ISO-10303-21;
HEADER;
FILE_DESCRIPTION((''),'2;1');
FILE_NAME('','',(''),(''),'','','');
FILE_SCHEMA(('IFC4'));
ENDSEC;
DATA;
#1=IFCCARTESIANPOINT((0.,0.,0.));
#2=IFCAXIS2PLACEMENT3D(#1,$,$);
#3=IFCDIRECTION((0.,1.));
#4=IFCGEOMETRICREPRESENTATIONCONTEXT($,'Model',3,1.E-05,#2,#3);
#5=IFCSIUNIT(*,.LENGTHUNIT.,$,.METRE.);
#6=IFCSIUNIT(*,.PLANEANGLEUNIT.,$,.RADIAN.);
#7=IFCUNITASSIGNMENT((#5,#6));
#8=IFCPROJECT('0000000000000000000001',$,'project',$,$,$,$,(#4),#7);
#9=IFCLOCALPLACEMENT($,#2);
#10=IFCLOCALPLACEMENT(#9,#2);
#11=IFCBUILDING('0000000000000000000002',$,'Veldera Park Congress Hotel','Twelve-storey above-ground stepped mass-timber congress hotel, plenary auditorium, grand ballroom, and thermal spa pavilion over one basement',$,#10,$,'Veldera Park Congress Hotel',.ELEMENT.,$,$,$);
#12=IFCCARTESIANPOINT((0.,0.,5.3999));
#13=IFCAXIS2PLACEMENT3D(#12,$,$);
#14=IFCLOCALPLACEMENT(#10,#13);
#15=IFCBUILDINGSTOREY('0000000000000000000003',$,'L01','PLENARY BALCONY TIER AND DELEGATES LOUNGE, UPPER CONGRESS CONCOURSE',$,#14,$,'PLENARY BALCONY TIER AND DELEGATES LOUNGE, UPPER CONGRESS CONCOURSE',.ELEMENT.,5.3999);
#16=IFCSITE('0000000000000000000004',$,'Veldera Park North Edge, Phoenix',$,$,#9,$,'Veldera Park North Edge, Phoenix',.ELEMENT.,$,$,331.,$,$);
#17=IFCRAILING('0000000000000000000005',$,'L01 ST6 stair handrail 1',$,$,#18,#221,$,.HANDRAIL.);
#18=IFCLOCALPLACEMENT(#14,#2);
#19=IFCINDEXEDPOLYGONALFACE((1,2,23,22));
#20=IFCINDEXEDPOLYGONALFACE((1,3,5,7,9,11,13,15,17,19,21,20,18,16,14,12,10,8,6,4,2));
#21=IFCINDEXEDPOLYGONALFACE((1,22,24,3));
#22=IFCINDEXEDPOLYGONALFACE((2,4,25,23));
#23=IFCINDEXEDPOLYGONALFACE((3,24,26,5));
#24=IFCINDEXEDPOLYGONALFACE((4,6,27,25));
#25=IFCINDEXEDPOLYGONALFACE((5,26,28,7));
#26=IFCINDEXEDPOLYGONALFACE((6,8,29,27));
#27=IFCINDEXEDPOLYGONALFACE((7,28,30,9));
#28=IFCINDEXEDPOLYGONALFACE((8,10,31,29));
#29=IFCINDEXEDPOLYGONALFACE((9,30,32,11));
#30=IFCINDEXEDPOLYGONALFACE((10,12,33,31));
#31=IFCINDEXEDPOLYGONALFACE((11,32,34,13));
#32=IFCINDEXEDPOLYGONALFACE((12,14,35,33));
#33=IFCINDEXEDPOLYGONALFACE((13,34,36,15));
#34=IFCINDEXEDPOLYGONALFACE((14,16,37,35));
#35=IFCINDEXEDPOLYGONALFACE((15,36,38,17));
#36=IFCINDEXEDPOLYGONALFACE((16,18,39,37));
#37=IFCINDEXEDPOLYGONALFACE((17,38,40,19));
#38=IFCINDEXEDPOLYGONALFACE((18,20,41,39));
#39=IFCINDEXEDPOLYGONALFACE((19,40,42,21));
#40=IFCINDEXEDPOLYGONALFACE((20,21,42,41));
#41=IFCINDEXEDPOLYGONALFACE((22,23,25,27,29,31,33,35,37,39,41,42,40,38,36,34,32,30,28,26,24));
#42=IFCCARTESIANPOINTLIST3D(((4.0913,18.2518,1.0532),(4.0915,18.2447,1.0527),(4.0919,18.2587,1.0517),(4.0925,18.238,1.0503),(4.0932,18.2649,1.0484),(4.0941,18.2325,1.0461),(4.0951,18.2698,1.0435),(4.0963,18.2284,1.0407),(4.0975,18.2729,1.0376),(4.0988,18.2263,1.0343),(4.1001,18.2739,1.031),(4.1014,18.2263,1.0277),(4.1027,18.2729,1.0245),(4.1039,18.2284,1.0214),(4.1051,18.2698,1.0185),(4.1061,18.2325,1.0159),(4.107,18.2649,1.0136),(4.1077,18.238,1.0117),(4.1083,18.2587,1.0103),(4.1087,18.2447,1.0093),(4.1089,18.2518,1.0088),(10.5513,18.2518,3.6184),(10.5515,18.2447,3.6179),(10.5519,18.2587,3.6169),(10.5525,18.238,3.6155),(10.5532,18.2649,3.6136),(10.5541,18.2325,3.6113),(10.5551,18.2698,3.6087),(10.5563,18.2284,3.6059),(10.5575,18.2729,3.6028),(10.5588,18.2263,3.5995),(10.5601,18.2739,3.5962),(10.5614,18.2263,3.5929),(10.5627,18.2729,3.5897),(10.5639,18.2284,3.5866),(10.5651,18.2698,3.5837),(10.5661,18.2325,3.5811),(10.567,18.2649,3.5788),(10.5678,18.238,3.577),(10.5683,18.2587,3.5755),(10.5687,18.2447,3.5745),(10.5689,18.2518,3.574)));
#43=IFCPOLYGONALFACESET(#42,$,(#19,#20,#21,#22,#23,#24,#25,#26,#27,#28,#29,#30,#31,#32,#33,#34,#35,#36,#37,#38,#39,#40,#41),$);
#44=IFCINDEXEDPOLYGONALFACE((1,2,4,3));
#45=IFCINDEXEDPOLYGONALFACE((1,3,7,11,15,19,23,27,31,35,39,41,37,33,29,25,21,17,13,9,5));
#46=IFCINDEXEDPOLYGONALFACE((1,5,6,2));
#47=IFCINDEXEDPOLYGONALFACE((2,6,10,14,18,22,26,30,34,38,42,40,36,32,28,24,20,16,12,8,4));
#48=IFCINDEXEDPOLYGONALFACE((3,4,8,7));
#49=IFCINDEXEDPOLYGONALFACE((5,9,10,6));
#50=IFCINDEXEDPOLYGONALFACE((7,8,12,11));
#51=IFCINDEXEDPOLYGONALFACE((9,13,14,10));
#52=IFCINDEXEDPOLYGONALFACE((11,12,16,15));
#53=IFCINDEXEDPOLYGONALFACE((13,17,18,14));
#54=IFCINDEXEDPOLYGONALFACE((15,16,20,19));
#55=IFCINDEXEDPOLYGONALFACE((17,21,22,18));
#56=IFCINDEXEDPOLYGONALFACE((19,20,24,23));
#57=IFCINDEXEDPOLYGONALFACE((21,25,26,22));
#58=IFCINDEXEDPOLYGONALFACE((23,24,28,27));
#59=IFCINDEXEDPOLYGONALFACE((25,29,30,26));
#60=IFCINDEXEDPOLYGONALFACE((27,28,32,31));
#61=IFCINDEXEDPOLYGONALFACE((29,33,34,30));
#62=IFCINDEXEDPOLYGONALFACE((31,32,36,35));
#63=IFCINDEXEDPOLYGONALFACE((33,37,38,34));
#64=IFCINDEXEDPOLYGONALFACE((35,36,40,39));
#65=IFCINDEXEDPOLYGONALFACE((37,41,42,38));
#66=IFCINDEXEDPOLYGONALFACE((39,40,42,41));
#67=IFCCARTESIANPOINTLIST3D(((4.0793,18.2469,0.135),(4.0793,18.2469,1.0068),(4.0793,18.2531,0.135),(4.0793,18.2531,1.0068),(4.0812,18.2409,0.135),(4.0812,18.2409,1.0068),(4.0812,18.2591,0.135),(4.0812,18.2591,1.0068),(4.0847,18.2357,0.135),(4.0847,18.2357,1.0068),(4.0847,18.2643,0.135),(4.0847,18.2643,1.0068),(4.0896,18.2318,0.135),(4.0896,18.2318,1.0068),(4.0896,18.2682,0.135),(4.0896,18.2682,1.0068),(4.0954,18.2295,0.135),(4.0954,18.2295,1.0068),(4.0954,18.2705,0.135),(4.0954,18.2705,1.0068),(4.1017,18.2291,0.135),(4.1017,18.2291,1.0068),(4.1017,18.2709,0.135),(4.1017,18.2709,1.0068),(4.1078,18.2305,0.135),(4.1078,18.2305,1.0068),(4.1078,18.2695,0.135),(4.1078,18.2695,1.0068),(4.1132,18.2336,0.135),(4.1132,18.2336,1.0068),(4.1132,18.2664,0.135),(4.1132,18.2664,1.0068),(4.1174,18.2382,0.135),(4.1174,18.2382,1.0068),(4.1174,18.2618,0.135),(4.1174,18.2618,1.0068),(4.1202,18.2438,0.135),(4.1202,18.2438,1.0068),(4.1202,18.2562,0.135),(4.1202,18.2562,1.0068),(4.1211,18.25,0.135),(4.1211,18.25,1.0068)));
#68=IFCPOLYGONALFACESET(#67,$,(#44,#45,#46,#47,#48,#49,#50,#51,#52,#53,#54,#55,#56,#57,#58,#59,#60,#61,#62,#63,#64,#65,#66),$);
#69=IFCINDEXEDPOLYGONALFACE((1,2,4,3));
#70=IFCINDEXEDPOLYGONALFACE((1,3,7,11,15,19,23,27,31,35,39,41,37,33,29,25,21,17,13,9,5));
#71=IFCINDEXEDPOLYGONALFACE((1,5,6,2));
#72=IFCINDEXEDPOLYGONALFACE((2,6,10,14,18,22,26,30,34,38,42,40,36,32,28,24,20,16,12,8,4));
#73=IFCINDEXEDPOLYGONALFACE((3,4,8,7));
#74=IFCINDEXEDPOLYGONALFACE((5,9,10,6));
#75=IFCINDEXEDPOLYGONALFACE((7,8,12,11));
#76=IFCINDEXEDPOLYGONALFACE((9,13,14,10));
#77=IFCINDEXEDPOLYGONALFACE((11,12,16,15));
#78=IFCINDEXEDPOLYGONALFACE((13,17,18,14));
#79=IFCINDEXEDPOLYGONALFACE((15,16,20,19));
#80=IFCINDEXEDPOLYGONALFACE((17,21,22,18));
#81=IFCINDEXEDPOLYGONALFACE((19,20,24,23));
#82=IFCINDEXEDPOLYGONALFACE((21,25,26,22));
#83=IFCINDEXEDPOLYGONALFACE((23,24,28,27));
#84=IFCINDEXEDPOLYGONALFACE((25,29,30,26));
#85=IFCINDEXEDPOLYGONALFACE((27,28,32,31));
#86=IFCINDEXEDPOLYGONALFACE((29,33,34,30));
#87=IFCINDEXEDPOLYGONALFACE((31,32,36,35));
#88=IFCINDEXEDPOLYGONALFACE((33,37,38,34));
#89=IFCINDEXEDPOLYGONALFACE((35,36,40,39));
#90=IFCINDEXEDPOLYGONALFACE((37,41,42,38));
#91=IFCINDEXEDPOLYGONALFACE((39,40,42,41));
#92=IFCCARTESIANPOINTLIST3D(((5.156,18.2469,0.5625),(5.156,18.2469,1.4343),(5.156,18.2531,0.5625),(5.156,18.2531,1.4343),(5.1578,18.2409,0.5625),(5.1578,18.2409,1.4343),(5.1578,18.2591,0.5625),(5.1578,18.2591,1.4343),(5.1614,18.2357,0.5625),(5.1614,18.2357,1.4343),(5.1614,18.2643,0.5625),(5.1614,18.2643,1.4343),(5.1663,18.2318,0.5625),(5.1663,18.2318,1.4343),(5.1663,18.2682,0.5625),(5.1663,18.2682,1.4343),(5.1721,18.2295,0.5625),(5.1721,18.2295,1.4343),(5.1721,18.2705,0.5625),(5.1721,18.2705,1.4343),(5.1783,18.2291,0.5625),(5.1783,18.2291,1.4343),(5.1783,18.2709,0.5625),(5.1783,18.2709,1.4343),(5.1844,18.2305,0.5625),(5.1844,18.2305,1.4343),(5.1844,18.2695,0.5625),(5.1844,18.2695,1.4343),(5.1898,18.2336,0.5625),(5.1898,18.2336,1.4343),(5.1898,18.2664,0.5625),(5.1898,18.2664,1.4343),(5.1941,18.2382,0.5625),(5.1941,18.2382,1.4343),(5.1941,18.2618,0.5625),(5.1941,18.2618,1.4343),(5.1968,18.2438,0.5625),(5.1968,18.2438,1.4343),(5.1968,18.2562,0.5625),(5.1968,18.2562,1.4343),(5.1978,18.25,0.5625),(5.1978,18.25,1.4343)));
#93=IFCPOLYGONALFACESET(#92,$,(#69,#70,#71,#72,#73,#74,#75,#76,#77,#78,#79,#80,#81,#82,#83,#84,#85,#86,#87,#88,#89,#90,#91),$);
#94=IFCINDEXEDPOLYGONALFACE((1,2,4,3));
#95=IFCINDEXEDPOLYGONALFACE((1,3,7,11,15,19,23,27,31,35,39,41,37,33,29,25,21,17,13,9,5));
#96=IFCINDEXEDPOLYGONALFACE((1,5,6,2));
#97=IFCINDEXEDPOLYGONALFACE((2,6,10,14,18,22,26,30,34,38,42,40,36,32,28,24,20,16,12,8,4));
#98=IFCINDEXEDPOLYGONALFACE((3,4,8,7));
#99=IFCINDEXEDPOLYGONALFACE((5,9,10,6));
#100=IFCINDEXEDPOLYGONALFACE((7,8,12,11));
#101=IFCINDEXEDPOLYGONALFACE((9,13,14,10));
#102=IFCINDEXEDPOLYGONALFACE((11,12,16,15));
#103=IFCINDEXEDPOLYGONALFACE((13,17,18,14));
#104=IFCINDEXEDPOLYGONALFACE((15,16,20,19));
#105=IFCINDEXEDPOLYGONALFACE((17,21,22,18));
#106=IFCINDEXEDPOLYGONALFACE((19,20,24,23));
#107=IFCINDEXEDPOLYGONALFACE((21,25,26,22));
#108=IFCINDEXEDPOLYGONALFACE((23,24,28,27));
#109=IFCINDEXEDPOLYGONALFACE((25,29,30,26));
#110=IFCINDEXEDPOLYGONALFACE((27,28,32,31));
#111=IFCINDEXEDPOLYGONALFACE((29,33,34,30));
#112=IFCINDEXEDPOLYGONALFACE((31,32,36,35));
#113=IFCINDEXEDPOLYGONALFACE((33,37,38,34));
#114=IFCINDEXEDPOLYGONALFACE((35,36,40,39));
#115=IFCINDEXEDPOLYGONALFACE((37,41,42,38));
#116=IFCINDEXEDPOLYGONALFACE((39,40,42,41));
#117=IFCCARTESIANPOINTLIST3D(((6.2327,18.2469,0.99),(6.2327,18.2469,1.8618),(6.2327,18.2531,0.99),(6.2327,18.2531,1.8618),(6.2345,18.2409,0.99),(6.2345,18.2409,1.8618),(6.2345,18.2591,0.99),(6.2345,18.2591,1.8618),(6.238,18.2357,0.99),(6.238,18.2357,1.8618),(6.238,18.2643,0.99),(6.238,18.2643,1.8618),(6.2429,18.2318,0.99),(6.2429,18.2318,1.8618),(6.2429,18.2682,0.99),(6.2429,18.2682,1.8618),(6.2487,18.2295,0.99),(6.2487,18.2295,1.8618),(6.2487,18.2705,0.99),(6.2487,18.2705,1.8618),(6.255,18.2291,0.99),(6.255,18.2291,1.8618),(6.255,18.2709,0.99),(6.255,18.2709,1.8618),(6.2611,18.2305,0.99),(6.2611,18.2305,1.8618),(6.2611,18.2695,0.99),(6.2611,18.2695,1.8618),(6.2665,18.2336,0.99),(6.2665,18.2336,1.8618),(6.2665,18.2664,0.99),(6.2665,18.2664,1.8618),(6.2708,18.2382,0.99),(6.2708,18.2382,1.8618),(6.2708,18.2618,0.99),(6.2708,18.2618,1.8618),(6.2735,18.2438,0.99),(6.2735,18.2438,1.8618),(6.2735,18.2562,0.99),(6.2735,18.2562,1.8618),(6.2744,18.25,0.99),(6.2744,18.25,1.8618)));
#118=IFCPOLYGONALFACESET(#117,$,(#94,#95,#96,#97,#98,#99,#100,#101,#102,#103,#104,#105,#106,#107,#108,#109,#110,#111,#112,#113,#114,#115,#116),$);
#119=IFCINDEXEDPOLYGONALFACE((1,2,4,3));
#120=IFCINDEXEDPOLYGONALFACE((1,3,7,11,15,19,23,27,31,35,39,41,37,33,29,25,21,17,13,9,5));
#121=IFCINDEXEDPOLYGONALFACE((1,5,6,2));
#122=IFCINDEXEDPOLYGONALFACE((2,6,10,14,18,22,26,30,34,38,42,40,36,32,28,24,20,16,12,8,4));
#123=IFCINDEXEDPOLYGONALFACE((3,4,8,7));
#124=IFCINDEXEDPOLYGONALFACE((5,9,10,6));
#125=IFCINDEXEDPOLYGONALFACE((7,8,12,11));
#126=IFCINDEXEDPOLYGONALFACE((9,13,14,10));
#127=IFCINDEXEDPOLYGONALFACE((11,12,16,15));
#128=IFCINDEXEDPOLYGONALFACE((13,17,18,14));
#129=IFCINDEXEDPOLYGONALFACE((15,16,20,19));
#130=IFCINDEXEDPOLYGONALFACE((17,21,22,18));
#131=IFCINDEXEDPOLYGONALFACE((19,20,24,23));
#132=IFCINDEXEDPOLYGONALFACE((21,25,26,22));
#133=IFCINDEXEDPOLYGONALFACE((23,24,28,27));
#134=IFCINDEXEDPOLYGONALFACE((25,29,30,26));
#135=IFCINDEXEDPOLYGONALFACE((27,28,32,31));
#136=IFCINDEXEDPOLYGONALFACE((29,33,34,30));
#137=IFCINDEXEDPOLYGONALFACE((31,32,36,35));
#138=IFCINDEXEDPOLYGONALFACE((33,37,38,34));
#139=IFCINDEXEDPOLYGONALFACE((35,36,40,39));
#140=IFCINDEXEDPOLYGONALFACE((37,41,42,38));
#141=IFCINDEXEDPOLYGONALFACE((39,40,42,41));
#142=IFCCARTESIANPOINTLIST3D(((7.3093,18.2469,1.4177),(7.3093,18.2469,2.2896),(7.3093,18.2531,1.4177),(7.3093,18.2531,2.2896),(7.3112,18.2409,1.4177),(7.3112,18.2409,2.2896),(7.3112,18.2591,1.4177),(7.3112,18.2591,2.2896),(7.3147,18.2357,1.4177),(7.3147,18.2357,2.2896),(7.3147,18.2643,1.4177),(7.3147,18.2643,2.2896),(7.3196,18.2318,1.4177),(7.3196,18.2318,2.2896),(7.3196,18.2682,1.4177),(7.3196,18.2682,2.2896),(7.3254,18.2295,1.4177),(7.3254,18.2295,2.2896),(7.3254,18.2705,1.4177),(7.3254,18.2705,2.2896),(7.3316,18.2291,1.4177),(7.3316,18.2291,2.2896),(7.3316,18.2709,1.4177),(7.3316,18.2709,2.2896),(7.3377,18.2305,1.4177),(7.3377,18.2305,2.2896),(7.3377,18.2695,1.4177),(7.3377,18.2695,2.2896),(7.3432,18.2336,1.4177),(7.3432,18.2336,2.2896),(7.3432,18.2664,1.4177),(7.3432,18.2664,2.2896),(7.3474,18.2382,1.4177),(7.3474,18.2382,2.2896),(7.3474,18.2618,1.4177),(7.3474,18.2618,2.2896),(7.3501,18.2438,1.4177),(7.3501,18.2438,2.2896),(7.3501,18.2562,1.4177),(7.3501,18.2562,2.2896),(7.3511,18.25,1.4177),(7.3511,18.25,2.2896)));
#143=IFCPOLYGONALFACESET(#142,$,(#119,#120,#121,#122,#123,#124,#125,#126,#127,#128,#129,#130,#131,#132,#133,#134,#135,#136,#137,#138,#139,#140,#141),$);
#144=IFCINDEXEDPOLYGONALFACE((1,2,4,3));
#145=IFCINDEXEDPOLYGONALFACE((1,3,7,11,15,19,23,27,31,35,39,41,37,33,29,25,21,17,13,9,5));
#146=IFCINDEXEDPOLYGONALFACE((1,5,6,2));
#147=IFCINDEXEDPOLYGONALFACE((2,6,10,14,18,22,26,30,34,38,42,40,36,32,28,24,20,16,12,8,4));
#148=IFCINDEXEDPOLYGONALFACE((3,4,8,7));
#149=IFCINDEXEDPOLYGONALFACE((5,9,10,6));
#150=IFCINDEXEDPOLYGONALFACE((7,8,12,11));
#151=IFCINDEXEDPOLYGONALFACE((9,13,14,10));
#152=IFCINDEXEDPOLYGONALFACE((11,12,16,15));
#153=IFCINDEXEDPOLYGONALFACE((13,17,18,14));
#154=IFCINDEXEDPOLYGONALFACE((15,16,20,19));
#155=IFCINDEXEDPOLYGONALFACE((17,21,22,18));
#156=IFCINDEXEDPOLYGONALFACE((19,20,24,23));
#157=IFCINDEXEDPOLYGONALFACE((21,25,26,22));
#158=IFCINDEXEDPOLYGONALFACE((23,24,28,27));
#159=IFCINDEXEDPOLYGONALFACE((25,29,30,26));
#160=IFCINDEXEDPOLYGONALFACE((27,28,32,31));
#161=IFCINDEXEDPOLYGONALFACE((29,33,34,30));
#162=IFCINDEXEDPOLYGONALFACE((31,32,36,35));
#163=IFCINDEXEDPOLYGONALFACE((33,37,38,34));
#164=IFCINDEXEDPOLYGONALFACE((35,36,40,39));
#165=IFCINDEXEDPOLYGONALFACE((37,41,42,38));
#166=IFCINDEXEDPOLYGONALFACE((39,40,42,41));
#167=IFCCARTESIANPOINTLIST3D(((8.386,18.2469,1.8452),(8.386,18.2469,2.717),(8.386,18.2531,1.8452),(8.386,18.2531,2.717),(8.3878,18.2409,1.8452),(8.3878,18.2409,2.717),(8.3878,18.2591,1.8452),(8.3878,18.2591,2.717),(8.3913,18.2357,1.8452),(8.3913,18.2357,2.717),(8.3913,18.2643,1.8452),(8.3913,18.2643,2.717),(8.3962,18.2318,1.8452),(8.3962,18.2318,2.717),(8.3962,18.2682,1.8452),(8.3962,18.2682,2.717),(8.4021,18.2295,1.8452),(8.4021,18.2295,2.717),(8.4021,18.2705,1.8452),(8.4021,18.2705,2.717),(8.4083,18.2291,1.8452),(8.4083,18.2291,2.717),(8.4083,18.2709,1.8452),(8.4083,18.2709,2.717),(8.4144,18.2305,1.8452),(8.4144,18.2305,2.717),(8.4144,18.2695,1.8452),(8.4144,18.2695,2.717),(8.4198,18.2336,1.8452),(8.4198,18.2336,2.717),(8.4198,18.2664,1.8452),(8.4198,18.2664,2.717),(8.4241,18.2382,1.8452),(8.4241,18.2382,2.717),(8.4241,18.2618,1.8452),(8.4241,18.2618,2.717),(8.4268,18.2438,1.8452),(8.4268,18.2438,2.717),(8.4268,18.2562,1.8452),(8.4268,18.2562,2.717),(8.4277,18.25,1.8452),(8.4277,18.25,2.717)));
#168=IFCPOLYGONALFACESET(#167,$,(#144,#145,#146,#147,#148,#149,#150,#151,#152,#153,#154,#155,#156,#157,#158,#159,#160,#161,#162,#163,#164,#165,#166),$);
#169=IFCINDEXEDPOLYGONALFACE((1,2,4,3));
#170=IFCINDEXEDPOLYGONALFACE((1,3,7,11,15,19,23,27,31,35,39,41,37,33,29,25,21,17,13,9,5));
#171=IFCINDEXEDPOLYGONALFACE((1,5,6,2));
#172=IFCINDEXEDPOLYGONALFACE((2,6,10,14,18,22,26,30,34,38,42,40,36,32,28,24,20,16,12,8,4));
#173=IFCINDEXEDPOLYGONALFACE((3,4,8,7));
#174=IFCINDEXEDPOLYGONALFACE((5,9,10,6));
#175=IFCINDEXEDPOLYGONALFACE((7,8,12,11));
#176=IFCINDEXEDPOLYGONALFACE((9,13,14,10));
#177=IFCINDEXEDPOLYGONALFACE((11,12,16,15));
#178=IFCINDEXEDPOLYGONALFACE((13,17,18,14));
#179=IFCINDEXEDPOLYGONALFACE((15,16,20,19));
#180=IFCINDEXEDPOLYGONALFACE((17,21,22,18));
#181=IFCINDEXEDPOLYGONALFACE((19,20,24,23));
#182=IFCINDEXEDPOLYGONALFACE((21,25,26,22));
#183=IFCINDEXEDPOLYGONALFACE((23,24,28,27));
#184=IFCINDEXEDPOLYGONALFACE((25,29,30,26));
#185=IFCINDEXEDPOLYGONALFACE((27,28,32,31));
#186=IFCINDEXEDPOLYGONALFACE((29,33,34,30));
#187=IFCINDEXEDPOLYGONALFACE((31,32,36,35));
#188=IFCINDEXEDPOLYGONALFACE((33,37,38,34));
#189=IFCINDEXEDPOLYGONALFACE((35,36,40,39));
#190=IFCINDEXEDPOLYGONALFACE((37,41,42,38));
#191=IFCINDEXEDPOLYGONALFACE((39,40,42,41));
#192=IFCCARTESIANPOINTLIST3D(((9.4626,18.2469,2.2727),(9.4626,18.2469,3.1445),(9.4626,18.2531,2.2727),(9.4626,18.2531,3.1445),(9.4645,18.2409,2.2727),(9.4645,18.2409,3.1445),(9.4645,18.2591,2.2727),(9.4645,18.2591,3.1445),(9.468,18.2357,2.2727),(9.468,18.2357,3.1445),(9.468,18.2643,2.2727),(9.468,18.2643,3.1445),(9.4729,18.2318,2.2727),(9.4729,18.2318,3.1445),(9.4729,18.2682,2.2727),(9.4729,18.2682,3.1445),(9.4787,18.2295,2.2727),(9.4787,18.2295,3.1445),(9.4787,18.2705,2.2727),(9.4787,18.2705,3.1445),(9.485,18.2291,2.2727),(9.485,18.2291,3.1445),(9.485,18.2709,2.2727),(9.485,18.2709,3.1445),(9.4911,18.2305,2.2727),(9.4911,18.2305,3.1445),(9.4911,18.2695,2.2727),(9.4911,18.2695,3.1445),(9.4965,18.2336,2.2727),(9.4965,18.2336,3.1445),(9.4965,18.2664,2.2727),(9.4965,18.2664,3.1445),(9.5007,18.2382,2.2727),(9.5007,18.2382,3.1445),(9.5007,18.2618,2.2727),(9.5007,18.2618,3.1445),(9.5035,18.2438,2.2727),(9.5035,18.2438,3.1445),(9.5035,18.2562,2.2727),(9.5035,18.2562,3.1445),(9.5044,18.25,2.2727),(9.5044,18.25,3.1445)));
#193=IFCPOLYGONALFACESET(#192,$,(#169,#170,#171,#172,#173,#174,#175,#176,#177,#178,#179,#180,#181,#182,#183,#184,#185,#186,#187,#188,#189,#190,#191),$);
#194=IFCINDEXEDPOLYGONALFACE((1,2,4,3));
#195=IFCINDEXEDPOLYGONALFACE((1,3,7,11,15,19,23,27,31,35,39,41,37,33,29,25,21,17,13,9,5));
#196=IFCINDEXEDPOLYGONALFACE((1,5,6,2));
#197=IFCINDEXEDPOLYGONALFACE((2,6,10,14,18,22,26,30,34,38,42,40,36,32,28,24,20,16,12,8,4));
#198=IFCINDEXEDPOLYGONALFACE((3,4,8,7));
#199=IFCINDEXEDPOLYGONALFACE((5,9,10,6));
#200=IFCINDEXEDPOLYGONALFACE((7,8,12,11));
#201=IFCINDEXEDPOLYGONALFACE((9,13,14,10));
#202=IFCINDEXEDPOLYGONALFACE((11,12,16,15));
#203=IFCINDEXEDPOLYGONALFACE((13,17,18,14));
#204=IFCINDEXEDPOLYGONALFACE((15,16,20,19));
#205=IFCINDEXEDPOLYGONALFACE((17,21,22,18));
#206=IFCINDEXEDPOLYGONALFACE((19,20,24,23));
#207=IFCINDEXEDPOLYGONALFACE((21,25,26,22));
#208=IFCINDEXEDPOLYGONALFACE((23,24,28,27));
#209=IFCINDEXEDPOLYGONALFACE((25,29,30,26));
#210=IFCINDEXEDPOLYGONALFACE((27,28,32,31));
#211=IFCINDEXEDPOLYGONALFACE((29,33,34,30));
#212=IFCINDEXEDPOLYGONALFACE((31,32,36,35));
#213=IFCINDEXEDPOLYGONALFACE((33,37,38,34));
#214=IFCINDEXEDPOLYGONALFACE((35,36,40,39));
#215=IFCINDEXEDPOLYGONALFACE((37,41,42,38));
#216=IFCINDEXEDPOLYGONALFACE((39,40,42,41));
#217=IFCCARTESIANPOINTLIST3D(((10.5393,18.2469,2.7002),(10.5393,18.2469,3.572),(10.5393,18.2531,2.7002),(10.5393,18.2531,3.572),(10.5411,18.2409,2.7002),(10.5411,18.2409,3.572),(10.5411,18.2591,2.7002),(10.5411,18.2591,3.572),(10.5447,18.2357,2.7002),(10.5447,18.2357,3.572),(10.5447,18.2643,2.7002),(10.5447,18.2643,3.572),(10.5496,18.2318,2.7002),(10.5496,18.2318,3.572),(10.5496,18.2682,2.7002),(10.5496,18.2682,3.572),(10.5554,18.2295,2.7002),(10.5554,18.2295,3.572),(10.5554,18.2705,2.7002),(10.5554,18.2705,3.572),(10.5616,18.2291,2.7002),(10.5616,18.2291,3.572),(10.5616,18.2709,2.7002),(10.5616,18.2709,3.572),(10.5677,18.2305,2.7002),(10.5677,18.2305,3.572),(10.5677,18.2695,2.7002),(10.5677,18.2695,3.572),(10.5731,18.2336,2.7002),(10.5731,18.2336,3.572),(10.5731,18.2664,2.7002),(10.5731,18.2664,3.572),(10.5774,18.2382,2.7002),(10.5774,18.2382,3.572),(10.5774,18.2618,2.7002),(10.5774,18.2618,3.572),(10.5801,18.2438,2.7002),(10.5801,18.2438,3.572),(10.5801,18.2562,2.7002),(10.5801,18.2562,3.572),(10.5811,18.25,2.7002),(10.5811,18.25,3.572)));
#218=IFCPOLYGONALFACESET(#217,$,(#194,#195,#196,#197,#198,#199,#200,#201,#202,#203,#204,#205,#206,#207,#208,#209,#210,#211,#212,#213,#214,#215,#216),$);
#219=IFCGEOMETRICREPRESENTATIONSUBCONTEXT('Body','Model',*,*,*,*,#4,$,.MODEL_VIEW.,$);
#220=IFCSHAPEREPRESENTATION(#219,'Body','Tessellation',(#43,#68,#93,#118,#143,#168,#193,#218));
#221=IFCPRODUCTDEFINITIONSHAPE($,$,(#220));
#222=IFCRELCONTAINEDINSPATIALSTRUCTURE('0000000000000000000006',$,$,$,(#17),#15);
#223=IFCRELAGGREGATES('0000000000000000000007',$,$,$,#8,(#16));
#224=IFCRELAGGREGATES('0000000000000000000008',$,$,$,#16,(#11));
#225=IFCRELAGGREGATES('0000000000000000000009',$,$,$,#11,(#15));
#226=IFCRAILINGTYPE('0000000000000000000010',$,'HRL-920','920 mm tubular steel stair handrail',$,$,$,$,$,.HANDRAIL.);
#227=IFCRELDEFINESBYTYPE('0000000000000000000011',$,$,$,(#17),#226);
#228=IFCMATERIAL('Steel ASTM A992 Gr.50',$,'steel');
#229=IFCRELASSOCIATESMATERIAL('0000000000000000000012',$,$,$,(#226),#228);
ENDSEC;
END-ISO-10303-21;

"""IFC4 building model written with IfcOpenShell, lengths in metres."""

from ifc_helpers import new_model, si_unit, direction, frame, origin, origin_2d, place, context, subcontext, project, spatial, circle, extrude, material, type_object, element, save


model = new_model("IFC4")

# Units and contexts
model_context = context("Model", 3, precision=1e-05, world=origin(), true_north=direction((0.0, 1.0)))
body_context = subcontext(model_context, "Body", "Model", "MODEL_VIEW")
ifc_project = project(units=[si_unit("LENGTHUNIT", "METRE"), si_unit("PLANEANGLEUNIT", "RADIAN")], contexts=[model_context])

# Site, building, storey
site_placement = place(None, origin())
site = spatial("IfcSite", under=ifc_project, at=site_placement, Name="Veldera Park North Edge, Phoenix", LongName="Veldera Park North Edge, Phoenix", CompositionType="ELEMENT", RefElevation=331.0)
building_placement = place(site_placement, origin())
building = spatial("IfcBuilding", under=site, at=building_placement, Name="Veldera Park Congress Hotel", Description="Twelve-storey above-ground stepped mass-timber congress hotel, plenary auditorium, grand ballroom, and thermal spa pavilion over one basement", LongName="Veldera Park Congress Hotel", CompositionType="ELEMENT")
storey_placement = place(building_placement, frame((0.0, 0.0, 5.3999)))
storey = spatial("IfcBuildingStorey", under=building, at=storey_placement, Name="L01", Description="PLENARY BALCONY TIER AND DELEGATES LOUNGE, UPPER CONGRESS CONCOURSE", LongName="PLENARY BALCONY TIER AND DELEGATES LOUNGE, UPPER CONGRESS CONCOURSE", CompositionType="ELEMENT", Elevation=5.3999)

# Shared definitions
ifc_material_1 = material(Name="Steel ASTM A992 Gr.50", Category="steel")

# Railing
railing_type_1 = type_object("IfcRailingType", Name="HRL-920", Description="920 mm tubular steel stair handrail", PredefinedType="HANDRAIL", material=ifc_material_1)
railing_1_placement = place(storey_placement, frame((4.1001, 18.25, 0.135)))
element("IfcRailing", 1, at=railing_1_placement, inside=storey, type_object=railing_type_1, Name="L01 ST6 stair handrail 1", PredefinedType="HANDRAIL", context=body_context, shape_type="SweptSolid", body=[
    extrude(circle(Radius=0.0239, at=origin_2d()), frame((0.0, 0.0, 0.896), z_axis=(0.929406, 0.0, 0.369058), x_axis=(0.0, 1.0, 0.0)), (0.0, 0.0, 1.0), 6.9507),
    extrude(circle(Radius=0.021, at=origin_2d()), origin(), (0.0, 0.0, 1.0), 0.8718),
    extrude(circle(Radius=0.021, at=origin_2d()), frame((1.0767, 0.0, 0.4275)), (0.0, 0.0, 1.0), 0.8718),
    extrude(circle(Radius=0.021, at=origin_2d()), frame((2.1533, 0.0, 0.855)), (0.0, 0.0, 1.0), 0.8718),
    extrude(circle(Radius=0.021, at=origin_2d()), frame((3.23, 0.0, 1.2827)), (0.0, 0.0, 1.0), 0.8718),
    extrude(circle(Radius=0.021, at=origin_2d()), frame((4.3066, 0.0, 1.7102)), (0.0, 0.0, 1.0), 0.8718),
    extrude(circle(Radius=0.021, at=origin_2d()), frame((5.3833, 0.0, 2.1377)), (0.0, 0.0, 1.0), 0.8718),
    extrude(circle(Radius=0.021, at=origin_2d()), frame((6.46, 0.0, 2.5652)), (0.0, 0.0, 1.0), 0.8718),
])

save(model, "model.ifc")
